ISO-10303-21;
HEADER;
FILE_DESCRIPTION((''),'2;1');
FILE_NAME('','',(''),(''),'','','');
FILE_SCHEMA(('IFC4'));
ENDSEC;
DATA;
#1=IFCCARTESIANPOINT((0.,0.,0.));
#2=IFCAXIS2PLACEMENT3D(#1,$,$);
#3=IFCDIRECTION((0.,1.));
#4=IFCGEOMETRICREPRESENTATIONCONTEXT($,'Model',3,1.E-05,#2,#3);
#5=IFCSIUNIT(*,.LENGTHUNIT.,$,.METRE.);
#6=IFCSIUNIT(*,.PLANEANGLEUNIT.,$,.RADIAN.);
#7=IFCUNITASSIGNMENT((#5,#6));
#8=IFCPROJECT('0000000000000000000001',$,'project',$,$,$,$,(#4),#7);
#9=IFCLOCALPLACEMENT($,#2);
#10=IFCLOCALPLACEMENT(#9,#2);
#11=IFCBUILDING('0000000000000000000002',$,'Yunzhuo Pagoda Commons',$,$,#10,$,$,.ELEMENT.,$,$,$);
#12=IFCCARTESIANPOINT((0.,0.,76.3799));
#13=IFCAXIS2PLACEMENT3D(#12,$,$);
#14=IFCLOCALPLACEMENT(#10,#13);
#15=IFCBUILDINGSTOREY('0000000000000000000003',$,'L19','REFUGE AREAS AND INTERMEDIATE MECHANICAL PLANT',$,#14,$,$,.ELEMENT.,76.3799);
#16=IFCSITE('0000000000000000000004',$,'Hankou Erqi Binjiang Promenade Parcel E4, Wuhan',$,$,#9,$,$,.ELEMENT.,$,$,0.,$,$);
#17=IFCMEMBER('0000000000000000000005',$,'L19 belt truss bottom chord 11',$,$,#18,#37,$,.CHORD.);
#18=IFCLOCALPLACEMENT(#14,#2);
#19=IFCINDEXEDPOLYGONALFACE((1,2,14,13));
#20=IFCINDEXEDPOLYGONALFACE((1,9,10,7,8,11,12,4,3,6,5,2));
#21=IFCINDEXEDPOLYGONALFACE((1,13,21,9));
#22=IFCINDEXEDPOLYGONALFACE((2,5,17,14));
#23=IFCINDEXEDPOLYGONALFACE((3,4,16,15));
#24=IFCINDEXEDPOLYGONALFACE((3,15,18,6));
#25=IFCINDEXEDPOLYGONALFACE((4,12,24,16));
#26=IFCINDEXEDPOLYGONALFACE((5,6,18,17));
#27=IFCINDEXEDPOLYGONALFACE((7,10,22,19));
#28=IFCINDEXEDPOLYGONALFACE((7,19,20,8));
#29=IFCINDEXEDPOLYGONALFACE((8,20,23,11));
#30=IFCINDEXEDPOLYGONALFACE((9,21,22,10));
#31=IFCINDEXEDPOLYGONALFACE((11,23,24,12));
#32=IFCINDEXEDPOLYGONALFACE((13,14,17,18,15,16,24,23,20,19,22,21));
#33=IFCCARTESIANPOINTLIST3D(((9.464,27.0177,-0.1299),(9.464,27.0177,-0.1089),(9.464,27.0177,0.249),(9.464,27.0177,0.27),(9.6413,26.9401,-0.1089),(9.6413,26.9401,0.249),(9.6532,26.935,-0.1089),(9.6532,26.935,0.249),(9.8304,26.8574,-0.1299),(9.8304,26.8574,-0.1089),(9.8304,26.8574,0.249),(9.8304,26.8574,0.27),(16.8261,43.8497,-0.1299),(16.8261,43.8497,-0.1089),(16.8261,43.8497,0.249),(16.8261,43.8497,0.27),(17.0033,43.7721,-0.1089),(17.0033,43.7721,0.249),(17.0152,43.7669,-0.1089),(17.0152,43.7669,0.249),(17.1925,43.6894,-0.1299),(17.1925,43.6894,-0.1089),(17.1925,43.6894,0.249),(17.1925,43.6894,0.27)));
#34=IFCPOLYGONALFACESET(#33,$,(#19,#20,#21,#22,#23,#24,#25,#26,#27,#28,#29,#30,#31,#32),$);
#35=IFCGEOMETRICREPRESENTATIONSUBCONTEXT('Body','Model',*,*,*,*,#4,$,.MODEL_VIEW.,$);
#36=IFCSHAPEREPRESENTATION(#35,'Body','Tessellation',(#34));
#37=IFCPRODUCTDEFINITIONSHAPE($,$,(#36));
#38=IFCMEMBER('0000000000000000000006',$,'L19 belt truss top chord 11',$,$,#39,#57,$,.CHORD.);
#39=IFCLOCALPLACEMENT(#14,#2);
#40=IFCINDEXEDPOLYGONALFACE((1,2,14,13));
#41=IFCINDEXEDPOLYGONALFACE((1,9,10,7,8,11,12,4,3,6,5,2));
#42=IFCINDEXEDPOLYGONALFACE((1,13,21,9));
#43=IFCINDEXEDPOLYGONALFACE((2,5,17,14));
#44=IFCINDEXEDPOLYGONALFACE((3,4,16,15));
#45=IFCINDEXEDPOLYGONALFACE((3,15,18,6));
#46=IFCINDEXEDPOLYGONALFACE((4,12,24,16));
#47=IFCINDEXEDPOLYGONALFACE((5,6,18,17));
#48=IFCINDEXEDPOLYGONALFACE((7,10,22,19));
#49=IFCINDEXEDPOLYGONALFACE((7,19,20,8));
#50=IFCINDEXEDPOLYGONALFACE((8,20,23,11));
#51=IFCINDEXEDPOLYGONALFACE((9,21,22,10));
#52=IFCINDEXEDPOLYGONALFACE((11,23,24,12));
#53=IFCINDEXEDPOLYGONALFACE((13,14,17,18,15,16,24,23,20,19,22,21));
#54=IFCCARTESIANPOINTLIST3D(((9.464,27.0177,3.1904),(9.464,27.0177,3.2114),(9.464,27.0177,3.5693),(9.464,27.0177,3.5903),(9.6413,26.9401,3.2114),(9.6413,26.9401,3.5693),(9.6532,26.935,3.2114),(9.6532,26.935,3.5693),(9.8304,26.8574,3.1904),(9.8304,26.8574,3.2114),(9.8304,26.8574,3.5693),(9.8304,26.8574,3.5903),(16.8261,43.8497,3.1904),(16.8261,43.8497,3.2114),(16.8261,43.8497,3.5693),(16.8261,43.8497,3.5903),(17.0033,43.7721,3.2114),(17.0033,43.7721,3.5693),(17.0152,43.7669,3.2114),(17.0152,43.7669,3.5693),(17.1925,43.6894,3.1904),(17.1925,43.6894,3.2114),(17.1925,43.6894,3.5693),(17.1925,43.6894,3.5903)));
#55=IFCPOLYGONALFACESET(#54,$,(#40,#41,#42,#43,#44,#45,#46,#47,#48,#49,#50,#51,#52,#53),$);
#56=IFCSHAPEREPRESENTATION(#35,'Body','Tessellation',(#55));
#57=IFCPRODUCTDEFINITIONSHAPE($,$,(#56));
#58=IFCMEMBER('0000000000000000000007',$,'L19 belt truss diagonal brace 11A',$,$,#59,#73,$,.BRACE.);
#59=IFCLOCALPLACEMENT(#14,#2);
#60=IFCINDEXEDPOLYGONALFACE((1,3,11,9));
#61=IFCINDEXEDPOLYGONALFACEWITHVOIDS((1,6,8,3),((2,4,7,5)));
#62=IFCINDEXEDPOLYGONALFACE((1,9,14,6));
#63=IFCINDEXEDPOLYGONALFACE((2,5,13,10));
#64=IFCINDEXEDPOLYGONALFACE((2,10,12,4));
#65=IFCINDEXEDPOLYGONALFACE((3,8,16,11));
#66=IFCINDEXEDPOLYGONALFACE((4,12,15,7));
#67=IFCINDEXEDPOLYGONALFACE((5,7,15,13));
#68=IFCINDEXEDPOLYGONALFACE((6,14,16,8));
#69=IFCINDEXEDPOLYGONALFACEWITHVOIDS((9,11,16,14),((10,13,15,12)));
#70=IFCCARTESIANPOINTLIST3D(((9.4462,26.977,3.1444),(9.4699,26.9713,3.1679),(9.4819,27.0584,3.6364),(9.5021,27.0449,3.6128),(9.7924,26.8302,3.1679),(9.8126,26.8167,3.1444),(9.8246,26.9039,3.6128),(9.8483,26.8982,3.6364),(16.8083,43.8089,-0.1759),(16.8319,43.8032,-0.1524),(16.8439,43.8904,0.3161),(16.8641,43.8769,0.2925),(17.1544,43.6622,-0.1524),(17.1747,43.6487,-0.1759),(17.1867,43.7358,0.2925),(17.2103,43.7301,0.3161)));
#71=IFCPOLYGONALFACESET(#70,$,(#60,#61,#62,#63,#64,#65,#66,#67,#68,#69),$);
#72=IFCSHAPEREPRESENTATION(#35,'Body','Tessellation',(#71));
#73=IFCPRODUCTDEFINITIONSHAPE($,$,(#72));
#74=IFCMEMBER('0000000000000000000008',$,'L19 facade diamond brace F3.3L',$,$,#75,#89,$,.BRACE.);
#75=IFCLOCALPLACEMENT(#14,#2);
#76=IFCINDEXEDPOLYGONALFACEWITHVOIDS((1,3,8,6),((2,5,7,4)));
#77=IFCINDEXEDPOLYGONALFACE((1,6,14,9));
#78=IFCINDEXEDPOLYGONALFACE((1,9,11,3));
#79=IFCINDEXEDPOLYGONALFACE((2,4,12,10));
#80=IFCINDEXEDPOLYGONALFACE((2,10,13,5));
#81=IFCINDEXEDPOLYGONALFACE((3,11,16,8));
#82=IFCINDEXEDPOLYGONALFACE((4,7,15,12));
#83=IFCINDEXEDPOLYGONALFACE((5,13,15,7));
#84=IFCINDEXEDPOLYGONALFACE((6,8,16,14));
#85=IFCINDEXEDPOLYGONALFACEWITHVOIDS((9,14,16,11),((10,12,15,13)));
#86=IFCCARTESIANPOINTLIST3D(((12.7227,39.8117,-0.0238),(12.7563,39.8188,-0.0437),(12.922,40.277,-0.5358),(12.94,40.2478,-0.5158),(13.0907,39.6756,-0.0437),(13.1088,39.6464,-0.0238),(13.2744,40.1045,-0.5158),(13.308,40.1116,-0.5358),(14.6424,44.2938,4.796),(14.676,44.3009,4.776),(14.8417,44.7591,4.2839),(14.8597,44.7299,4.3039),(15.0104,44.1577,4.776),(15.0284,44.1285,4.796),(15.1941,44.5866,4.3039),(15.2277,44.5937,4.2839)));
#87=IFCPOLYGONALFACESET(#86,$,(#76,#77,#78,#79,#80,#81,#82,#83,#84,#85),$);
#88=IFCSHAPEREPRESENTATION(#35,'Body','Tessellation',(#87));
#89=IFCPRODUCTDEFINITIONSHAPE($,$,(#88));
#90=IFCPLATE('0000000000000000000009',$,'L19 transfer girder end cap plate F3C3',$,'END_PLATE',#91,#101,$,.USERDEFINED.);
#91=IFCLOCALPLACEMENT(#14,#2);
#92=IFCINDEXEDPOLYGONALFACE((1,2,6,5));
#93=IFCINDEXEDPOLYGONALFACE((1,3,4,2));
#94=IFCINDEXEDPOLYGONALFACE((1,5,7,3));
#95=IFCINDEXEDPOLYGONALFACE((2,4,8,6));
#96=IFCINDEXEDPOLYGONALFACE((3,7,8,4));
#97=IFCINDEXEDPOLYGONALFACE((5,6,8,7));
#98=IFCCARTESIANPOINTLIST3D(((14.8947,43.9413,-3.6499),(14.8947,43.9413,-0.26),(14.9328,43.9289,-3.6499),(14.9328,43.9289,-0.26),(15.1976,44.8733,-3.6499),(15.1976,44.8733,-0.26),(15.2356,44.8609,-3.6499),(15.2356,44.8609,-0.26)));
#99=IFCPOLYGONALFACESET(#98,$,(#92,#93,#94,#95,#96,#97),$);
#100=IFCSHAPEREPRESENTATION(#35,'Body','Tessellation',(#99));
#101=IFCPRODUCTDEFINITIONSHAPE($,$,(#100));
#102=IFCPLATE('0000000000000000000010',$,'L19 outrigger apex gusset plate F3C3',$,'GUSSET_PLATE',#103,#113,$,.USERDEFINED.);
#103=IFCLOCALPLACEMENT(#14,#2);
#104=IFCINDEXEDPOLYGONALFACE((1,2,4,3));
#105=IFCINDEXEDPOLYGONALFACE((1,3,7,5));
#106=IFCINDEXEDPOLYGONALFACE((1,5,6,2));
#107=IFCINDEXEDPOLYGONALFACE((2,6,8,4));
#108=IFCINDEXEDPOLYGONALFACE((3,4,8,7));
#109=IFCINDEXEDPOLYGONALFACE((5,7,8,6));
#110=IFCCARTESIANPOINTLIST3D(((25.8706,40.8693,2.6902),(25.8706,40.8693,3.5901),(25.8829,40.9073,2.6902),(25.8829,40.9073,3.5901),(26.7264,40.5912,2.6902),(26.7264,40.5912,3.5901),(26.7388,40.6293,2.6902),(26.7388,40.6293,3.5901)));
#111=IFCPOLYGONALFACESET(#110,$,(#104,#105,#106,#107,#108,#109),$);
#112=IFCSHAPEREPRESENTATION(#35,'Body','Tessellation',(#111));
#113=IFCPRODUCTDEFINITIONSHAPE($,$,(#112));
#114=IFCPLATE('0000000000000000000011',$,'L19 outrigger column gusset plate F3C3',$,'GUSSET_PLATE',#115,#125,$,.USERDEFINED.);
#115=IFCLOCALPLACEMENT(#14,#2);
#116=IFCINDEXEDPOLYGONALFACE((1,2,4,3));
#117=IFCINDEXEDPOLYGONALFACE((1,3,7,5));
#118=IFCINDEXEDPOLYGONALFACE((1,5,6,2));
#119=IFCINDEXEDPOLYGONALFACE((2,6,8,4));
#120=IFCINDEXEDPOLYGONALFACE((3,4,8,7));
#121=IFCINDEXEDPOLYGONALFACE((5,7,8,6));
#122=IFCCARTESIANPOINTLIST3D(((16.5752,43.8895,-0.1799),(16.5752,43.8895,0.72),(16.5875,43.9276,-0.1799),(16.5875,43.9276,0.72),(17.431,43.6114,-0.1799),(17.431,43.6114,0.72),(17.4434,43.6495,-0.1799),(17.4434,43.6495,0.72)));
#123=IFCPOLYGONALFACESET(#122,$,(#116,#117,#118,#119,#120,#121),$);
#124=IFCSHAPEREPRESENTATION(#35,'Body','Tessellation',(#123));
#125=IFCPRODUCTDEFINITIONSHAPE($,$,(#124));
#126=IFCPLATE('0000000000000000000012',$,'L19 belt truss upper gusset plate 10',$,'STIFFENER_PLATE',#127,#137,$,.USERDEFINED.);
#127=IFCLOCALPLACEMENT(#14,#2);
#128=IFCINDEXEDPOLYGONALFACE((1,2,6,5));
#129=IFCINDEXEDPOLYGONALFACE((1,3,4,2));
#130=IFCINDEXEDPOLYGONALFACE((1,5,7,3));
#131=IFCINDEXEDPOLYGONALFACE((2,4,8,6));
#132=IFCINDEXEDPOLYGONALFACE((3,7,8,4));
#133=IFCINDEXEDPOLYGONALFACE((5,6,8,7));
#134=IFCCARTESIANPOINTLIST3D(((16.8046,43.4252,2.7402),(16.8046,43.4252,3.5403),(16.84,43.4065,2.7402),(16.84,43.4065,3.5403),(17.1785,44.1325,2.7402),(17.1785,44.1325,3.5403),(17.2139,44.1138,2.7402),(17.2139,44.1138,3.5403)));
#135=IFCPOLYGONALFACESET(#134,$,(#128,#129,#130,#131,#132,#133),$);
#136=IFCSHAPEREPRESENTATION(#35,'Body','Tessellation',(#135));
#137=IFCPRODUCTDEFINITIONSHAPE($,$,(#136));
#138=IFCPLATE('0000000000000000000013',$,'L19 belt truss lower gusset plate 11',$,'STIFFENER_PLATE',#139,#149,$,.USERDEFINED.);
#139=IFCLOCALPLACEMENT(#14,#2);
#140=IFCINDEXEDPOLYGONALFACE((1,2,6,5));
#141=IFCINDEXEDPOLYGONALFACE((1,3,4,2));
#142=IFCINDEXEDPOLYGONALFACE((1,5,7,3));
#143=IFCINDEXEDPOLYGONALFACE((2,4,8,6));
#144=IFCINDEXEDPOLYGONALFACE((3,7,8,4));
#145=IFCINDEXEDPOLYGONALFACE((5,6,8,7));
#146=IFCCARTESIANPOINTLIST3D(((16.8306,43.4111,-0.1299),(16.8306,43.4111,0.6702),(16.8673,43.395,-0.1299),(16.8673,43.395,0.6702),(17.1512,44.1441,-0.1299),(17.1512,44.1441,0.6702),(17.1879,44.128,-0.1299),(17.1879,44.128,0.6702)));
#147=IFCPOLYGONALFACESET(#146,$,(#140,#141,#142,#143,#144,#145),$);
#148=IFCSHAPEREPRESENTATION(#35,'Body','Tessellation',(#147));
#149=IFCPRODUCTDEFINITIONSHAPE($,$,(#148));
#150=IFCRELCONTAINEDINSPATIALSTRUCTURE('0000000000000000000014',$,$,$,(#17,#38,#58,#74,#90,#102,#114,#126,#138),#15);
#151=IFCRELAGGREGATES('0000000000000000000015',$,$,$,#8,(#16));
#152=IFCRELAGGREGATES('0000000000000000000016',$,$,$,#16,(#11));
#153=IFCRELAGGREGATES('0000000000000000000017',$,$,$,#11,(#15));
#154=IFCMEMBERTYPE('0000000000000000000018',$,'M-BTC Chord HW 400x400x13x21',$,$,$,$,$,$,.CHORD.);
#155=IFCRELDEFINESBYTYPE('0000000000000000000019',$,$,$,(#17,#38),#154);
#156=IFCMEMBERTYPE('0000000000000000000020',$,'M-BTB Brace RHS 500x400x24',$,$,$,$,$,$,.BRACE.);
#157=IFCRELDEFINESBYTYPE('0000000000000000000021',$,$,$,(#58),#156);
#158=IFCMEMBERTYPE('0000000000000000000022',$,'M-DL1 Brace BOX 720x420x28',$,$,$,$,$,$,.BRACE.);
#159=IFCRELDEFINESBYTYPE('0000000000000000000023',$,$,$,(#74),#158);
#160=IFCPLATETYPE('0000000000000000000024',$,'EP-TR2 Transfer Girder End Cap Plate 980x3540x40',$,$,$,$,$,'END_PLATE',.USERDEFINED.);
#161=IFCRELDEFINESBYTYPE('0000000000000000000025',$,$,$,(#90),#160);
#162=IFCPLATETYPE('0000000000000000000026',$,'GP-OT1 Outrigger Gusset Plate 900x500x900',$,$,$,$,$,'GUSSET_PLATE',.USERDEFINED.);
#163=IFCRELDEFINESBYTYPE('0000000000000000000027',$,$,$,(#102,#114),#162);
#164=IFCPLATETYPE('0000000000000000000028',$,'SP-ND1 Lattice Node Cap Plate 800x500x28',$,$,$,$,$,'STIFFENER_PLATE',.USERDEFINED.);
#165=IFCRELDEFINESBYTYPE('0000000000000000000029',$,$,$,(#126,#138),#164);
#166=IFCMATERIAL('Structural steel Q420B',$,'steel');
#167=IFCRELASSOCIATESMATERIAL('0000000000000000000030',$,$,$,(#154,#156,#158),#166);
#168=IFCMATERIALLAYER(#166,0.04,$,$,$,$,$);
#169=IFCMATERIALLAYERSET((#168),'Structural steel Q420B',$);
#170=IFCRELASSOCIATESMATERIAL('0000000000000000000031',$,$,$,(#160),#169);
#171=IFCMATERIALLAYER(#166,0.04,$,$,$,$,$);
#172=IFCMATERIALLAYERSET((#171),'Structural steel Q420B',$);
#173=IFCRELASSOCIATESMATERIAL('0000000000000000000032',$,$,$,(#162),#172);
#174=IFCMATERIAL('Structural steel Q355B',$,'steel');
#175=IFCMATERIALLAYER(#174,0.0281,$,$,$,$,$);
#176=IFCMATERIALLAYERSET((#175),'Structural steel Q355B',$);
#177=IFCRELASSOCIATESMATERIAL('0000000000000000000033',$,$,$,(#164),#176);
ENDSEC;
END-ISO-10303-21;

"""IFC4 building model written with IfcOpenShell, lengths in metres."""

from ifc_helpers import new_model, si_unit, direction, frame, origin, origin_2d, place, context, subcontext, project, spatial, rectangle, hollow_rectangle, i_section, extrude, source, transform, mapped, material, layer, layer_set, material_profile, profile_set, type_object, element, save


model = new_model("IFC4")

# Units and contexts
model_context = context("Model", 3, precision=1e-05, world=origin(), true_north=direction((0.0, 1.0)))
body_context = subcontext(model_context, "Body", "Model", "MODEL_VIEW")
ifc_project = project(units=[si_unit("LENGTHUNIT", "METRE"), si_unit("PLANEANGLEUNIT", "RADIAN")], contexts=[model_context])

# Site, building, storey
site_placement = place(None, origin())
site = spatial("IfcSite", under=ifc_project, at=site_placement, Name="Hankou Erqi Binjiang Promenade Parcel E4, Wuhan", CompositionType="ELEMENT", RefElevation=0.0)
building_placement = place(site_placement, origin())
building = spatial("IfcBuilding", under=site, at=building_placement, Name="Yunzhuo Pagoda Commons", CompositionType="ELEMENT")
storey_placement = place(building_placement, frame((0.0, 0.0, 76.3799)))
storey = spatial("IfcBuildingStorey", under=building, at=storey_placement, Name="L19", Description="REFUGE AREAS AND INTERMEDIATE MECHANICAL PLANT", CompositionType="ELEMENT", Elevation=76.3799)

# Shared definitions
ifc_material_1 = material(Name="Structural steel Q420B", Category="steel")

# Shared definitions
ifc_material_2 = material(Name="Structural steel Q355B", Category="steel")

# Members
ifc_material_profile_1 = material_profile(ifc_material_1, i_section(OverallWidth=0.3999, OverallDepth=0.3999, WebThickness=0.0129, FlangeThickness=0.021, at=origin_2d()), Name="Structural steel Q420B")
ifc_profile_set_1 = profile_set([ifc_material_profile_1], Name="Structural steel Q420B")
member_type_1 = type_object("IfcMemberType", Name="M-BTC Chord HW 400x400x13x21", PredefinedType="CHORD", material=ifc_profile_set_1)
shared_shape_1 = source(origin(), body_context, "Body", "SweptSolid", [
    extrude(i_section(OverallWidth=0.3999, OverallDepth=0.3999, WebThickness=0.0129, FlangeThickness=0.021, at=origin_2d()), origin(), (0.0, 0.0, 1.0), 18.3716),
])
for number, where, z_axis, x_axis, name in (
    (1, (17.0093, 43.7695, 0.0701), (-0.40073, -0.916196, 0.0), (0.916196, -0.40073, 0.0), "L19 belt truss bottom chord 11"),
    (2, (17.0093, 43.7695, 3.3904), (-0.40073, -0.916196, 0.0), (0.916196, -0.40073, 0.0), "L19 belt truss top chord 11"),
):
    element("IfcMember", number, at=place(storey_placement, frame(where, z_axis=z_axis, x_axis=x_axis)), inside=storey, type_object=member_type_1, Name=name, PredefinedType="CHORD", context=body_context, shape_type="MappedRepresentation", body=[
        mapped(shared_shape_1, transform((0.0, 0.0, 0.0), scale=1.0)),
    ])
ifc_material_profile_2 = material_profile(ifc_material_1, hollow_rectangle(XDim=0.3999, YDim=0.5, WallThickness=0.0239, at=origin_2d()), Name="Structural steel Q420B")
ifc_profile_set_2 = profile_set([ifc_material_profile_2], Name="Structural steel Q420B")
member_type_2 = type_object("IfcMemberType", Name="M-BTB Brace RHS 500x400x24", PredefinedType="BRACE", material=ifc_profile_set_2)
shared_shape_2 = source(origin(), body_context, "Body", "SweptSolid", [
    extrude(hollow_rectangle(XDim=0.3999, YDim=0.5, WallThickness=0.0239, at=origin_2d()), origin(), (0.0, 0.0, 1.0), 18.6692),
])
member_1_placement = place(storey_placement, frame((17.0093, 43.7695, 0.0701), z_axis=(-0.394341, -0.90159, 0.177849), x_axis=(0.916196, -0.40073, 0.0)))
element("IfcMember", 3, at=member_1_placement, inside=storey, type_object=member_type_2, Name="L19 belt truss diagonal brace 11A", PredefinedType="BRACE", context=body_context, shape_type="MappedRepresentation", body=[
    mapped(shared_shape_2, transform((0.0, 0.0, 0.0), scale=1.0)),
])
ifc_material_profile_3 = material_profile(ifc_material_1, hollow_rectangle(XDim=0.4199, YDim=0.72, WallThickness=0.0281, at=origin_2d()), Name="Structural steel Q420B")
ifc_profile_set_3 = profile_set([ifc_material_profile_3], Name="Structural steel Q420B")
member_type_3 = type_object("IfcMemberType", Name="M-DL1 Brace BOX 720x420x28", PredefinedType="BRACE", material=ifc_profile_set_3)
shared_shape_3 = source(origin(), body_context, "Body", "SweptSolid", [
    extrude(hollow_rectangle(XDim=0.4199, YDim=0.72, WallThickness=0.0281, at=origin_2d()), origin(), (0.0, 0.0, 1.0), 6.856),
])
member_2_placement = place(storey_placement, frame((13.0154, 39.9617, -0.2798), z_axis=(0.279997, 0.653753, 0.703), x_axis=(-0.919238, 0.393702, 0.0)))
element("IfcMember", 4, at=member_2_placement, inside=storey, type_object=member_type_3, Name="L19 facade diamond brace F3.3L", PredefinedType="BRACE", context=body_context, shape_type="MappedRepresentation", body=[
    mapped(shared_shape_3, transform((0.0, 0.0, 0.0), scale=1.0)),
])

# Plates
ifc_layer_1 = layer(ifc_material_1, 0.04)
ifc_layer_set_1 = layer_set([ifc_layer_1], Name="Structural steel Q420B")
plate_type_1 = type_object("IfcPlateType", Name="EP-TR2 Transfer Girder End Cap Plate 980x3540x40", ElementType="END_PLATE", PredefinedType="USERDEFINED", material=ifc_layer_set_1)
shared_shape_4 = source(origin(), body_context, "Body", "SweptSolid", [
    extrude(rectangle(XDim=0.98, YDim=0.04, at=origin_2d()), origin(), (0.0, 0.0, 1.0), 3.3899),
])
plate_placement = place(storey_placement, frame((15.0652, 44.4011, -3.6499), z_axis=(0.0, 0.0, 1.0), x_axis=(-0.309017, -0.951057, 0.0)))
element("IfcPlate", 5, at=plate_placement, inside=storey, type_object=plate_type_1, Name="L19 transfer girder end cap plate F3C3", ObjectType="END_PLATE", PredefinedType="USERDEFINED", context=body_context, shape_type="MappedRepresentation", body=[
    mapped(shared_shape_4, transform((0.0, 0.0, 0.0), scale=1.0)),
])
ifc_layer_2 = layer(ifc_material_1, 0.04)
ifc_layer_set_2 = layer_set([ifc_layer_2], Name="Structural steel Q420B")
plate_type_2 = type_object("IfcPlateType", Name="GP-OT1 Outrigger Gusset Plate 900x500x900", ElementType="GUSSET_PLATE", PredefinedType="USERDEFINED", material=ifc_layer_set_2)
shared_shape_5 = source(origin(), body_context, "Body", "SweptSolid", [
    extrude(rectangle(XDim=0.8999, YDim=0.04, at=origin_2d()), origin(), (0.0, 0.0, 1.0), 0.8999),
])
for number, where, z_axis, x_axis, name in (
    (6, (26.3047, 40.7493, 2.6902), (0.0, 0.0, 1.0), (-0.951057, 0.309017, 0.0), "L19 outrigger apex gusset plate F3C3"),
    (7, (17.0093, 43.7695, -0.1799), (0.0, 0.0, 1.0), (-0.951057, 0.309017, 0.0), "L19 outrigger column gusset plate F3C3"),
):
    element("IfcPlate", number, at=place(storey_placement, frame(where, z_axis=z_axis, x_axis=x_axis)), inside=storey, type_object=plate_type_2, Name=name, ObjectType="GUSSET_PLATE", PredefinedType="USERDEFINED", context=body_context, shape_type="MappedRepresentation", body=[
        mapped(shared_shape_5, transform((0.0, 0.0, 0.0), scale=1.0)),
    ])
ifc_layer_3 = layer(ifc_material_2, 0.0281)
ifc_layer_set_3 = layer_set([ifc_layer_3], Name="Structural steel Q355B")
plate_type_3 = type_object("IfcPlateType", Name="SP-ND1 Lattice Node Cap Plate 800x500x28", ElementType="STIFFENER_PLATE", PredefinedType="USERDEFINED", material=ifc_layer_set_3)
shared_shape_6 = source(origin(), body_context, "Body", "SweptSolid", [
    extrude(rectangle(XDim=0.8, YDim=0.04, at=origin_2d()), origin(), (0.0, 0.0, 1.0), 0.8),
])
for number, where, z_axis, x_axis, name in (
    (8, (17.0093, 43.7695, 2.7402), (0.0, 0.0, 1.0), (-0.46739, -0.884051, 0.0), "L19 belt truss upper gusset plate 10"),
    (9, (17.0093, 43.7695, -0.1299), (0.0, 0.0, 1.0), (-0.400717, -0.916202, 0.0), "L19 belt truss lower gusset plate 11"),
):
    element("IfcPlate", number, at=place(storey_placement, frame(where, z_axis=z_axis, x_axis=x_axis)), inside=storey, type_object=plate_type_3, Name=name, ObjectType="STIFFENER_PLATE", PredefinedType="USERDEFINED", context=body_context, shape_type="MappedRepresentation", body=[
        mapped(shared_shape_6, transform((0.0, 0.0, 0.0), scale=1.0)),
    ])

save(model, "model.ifc")
